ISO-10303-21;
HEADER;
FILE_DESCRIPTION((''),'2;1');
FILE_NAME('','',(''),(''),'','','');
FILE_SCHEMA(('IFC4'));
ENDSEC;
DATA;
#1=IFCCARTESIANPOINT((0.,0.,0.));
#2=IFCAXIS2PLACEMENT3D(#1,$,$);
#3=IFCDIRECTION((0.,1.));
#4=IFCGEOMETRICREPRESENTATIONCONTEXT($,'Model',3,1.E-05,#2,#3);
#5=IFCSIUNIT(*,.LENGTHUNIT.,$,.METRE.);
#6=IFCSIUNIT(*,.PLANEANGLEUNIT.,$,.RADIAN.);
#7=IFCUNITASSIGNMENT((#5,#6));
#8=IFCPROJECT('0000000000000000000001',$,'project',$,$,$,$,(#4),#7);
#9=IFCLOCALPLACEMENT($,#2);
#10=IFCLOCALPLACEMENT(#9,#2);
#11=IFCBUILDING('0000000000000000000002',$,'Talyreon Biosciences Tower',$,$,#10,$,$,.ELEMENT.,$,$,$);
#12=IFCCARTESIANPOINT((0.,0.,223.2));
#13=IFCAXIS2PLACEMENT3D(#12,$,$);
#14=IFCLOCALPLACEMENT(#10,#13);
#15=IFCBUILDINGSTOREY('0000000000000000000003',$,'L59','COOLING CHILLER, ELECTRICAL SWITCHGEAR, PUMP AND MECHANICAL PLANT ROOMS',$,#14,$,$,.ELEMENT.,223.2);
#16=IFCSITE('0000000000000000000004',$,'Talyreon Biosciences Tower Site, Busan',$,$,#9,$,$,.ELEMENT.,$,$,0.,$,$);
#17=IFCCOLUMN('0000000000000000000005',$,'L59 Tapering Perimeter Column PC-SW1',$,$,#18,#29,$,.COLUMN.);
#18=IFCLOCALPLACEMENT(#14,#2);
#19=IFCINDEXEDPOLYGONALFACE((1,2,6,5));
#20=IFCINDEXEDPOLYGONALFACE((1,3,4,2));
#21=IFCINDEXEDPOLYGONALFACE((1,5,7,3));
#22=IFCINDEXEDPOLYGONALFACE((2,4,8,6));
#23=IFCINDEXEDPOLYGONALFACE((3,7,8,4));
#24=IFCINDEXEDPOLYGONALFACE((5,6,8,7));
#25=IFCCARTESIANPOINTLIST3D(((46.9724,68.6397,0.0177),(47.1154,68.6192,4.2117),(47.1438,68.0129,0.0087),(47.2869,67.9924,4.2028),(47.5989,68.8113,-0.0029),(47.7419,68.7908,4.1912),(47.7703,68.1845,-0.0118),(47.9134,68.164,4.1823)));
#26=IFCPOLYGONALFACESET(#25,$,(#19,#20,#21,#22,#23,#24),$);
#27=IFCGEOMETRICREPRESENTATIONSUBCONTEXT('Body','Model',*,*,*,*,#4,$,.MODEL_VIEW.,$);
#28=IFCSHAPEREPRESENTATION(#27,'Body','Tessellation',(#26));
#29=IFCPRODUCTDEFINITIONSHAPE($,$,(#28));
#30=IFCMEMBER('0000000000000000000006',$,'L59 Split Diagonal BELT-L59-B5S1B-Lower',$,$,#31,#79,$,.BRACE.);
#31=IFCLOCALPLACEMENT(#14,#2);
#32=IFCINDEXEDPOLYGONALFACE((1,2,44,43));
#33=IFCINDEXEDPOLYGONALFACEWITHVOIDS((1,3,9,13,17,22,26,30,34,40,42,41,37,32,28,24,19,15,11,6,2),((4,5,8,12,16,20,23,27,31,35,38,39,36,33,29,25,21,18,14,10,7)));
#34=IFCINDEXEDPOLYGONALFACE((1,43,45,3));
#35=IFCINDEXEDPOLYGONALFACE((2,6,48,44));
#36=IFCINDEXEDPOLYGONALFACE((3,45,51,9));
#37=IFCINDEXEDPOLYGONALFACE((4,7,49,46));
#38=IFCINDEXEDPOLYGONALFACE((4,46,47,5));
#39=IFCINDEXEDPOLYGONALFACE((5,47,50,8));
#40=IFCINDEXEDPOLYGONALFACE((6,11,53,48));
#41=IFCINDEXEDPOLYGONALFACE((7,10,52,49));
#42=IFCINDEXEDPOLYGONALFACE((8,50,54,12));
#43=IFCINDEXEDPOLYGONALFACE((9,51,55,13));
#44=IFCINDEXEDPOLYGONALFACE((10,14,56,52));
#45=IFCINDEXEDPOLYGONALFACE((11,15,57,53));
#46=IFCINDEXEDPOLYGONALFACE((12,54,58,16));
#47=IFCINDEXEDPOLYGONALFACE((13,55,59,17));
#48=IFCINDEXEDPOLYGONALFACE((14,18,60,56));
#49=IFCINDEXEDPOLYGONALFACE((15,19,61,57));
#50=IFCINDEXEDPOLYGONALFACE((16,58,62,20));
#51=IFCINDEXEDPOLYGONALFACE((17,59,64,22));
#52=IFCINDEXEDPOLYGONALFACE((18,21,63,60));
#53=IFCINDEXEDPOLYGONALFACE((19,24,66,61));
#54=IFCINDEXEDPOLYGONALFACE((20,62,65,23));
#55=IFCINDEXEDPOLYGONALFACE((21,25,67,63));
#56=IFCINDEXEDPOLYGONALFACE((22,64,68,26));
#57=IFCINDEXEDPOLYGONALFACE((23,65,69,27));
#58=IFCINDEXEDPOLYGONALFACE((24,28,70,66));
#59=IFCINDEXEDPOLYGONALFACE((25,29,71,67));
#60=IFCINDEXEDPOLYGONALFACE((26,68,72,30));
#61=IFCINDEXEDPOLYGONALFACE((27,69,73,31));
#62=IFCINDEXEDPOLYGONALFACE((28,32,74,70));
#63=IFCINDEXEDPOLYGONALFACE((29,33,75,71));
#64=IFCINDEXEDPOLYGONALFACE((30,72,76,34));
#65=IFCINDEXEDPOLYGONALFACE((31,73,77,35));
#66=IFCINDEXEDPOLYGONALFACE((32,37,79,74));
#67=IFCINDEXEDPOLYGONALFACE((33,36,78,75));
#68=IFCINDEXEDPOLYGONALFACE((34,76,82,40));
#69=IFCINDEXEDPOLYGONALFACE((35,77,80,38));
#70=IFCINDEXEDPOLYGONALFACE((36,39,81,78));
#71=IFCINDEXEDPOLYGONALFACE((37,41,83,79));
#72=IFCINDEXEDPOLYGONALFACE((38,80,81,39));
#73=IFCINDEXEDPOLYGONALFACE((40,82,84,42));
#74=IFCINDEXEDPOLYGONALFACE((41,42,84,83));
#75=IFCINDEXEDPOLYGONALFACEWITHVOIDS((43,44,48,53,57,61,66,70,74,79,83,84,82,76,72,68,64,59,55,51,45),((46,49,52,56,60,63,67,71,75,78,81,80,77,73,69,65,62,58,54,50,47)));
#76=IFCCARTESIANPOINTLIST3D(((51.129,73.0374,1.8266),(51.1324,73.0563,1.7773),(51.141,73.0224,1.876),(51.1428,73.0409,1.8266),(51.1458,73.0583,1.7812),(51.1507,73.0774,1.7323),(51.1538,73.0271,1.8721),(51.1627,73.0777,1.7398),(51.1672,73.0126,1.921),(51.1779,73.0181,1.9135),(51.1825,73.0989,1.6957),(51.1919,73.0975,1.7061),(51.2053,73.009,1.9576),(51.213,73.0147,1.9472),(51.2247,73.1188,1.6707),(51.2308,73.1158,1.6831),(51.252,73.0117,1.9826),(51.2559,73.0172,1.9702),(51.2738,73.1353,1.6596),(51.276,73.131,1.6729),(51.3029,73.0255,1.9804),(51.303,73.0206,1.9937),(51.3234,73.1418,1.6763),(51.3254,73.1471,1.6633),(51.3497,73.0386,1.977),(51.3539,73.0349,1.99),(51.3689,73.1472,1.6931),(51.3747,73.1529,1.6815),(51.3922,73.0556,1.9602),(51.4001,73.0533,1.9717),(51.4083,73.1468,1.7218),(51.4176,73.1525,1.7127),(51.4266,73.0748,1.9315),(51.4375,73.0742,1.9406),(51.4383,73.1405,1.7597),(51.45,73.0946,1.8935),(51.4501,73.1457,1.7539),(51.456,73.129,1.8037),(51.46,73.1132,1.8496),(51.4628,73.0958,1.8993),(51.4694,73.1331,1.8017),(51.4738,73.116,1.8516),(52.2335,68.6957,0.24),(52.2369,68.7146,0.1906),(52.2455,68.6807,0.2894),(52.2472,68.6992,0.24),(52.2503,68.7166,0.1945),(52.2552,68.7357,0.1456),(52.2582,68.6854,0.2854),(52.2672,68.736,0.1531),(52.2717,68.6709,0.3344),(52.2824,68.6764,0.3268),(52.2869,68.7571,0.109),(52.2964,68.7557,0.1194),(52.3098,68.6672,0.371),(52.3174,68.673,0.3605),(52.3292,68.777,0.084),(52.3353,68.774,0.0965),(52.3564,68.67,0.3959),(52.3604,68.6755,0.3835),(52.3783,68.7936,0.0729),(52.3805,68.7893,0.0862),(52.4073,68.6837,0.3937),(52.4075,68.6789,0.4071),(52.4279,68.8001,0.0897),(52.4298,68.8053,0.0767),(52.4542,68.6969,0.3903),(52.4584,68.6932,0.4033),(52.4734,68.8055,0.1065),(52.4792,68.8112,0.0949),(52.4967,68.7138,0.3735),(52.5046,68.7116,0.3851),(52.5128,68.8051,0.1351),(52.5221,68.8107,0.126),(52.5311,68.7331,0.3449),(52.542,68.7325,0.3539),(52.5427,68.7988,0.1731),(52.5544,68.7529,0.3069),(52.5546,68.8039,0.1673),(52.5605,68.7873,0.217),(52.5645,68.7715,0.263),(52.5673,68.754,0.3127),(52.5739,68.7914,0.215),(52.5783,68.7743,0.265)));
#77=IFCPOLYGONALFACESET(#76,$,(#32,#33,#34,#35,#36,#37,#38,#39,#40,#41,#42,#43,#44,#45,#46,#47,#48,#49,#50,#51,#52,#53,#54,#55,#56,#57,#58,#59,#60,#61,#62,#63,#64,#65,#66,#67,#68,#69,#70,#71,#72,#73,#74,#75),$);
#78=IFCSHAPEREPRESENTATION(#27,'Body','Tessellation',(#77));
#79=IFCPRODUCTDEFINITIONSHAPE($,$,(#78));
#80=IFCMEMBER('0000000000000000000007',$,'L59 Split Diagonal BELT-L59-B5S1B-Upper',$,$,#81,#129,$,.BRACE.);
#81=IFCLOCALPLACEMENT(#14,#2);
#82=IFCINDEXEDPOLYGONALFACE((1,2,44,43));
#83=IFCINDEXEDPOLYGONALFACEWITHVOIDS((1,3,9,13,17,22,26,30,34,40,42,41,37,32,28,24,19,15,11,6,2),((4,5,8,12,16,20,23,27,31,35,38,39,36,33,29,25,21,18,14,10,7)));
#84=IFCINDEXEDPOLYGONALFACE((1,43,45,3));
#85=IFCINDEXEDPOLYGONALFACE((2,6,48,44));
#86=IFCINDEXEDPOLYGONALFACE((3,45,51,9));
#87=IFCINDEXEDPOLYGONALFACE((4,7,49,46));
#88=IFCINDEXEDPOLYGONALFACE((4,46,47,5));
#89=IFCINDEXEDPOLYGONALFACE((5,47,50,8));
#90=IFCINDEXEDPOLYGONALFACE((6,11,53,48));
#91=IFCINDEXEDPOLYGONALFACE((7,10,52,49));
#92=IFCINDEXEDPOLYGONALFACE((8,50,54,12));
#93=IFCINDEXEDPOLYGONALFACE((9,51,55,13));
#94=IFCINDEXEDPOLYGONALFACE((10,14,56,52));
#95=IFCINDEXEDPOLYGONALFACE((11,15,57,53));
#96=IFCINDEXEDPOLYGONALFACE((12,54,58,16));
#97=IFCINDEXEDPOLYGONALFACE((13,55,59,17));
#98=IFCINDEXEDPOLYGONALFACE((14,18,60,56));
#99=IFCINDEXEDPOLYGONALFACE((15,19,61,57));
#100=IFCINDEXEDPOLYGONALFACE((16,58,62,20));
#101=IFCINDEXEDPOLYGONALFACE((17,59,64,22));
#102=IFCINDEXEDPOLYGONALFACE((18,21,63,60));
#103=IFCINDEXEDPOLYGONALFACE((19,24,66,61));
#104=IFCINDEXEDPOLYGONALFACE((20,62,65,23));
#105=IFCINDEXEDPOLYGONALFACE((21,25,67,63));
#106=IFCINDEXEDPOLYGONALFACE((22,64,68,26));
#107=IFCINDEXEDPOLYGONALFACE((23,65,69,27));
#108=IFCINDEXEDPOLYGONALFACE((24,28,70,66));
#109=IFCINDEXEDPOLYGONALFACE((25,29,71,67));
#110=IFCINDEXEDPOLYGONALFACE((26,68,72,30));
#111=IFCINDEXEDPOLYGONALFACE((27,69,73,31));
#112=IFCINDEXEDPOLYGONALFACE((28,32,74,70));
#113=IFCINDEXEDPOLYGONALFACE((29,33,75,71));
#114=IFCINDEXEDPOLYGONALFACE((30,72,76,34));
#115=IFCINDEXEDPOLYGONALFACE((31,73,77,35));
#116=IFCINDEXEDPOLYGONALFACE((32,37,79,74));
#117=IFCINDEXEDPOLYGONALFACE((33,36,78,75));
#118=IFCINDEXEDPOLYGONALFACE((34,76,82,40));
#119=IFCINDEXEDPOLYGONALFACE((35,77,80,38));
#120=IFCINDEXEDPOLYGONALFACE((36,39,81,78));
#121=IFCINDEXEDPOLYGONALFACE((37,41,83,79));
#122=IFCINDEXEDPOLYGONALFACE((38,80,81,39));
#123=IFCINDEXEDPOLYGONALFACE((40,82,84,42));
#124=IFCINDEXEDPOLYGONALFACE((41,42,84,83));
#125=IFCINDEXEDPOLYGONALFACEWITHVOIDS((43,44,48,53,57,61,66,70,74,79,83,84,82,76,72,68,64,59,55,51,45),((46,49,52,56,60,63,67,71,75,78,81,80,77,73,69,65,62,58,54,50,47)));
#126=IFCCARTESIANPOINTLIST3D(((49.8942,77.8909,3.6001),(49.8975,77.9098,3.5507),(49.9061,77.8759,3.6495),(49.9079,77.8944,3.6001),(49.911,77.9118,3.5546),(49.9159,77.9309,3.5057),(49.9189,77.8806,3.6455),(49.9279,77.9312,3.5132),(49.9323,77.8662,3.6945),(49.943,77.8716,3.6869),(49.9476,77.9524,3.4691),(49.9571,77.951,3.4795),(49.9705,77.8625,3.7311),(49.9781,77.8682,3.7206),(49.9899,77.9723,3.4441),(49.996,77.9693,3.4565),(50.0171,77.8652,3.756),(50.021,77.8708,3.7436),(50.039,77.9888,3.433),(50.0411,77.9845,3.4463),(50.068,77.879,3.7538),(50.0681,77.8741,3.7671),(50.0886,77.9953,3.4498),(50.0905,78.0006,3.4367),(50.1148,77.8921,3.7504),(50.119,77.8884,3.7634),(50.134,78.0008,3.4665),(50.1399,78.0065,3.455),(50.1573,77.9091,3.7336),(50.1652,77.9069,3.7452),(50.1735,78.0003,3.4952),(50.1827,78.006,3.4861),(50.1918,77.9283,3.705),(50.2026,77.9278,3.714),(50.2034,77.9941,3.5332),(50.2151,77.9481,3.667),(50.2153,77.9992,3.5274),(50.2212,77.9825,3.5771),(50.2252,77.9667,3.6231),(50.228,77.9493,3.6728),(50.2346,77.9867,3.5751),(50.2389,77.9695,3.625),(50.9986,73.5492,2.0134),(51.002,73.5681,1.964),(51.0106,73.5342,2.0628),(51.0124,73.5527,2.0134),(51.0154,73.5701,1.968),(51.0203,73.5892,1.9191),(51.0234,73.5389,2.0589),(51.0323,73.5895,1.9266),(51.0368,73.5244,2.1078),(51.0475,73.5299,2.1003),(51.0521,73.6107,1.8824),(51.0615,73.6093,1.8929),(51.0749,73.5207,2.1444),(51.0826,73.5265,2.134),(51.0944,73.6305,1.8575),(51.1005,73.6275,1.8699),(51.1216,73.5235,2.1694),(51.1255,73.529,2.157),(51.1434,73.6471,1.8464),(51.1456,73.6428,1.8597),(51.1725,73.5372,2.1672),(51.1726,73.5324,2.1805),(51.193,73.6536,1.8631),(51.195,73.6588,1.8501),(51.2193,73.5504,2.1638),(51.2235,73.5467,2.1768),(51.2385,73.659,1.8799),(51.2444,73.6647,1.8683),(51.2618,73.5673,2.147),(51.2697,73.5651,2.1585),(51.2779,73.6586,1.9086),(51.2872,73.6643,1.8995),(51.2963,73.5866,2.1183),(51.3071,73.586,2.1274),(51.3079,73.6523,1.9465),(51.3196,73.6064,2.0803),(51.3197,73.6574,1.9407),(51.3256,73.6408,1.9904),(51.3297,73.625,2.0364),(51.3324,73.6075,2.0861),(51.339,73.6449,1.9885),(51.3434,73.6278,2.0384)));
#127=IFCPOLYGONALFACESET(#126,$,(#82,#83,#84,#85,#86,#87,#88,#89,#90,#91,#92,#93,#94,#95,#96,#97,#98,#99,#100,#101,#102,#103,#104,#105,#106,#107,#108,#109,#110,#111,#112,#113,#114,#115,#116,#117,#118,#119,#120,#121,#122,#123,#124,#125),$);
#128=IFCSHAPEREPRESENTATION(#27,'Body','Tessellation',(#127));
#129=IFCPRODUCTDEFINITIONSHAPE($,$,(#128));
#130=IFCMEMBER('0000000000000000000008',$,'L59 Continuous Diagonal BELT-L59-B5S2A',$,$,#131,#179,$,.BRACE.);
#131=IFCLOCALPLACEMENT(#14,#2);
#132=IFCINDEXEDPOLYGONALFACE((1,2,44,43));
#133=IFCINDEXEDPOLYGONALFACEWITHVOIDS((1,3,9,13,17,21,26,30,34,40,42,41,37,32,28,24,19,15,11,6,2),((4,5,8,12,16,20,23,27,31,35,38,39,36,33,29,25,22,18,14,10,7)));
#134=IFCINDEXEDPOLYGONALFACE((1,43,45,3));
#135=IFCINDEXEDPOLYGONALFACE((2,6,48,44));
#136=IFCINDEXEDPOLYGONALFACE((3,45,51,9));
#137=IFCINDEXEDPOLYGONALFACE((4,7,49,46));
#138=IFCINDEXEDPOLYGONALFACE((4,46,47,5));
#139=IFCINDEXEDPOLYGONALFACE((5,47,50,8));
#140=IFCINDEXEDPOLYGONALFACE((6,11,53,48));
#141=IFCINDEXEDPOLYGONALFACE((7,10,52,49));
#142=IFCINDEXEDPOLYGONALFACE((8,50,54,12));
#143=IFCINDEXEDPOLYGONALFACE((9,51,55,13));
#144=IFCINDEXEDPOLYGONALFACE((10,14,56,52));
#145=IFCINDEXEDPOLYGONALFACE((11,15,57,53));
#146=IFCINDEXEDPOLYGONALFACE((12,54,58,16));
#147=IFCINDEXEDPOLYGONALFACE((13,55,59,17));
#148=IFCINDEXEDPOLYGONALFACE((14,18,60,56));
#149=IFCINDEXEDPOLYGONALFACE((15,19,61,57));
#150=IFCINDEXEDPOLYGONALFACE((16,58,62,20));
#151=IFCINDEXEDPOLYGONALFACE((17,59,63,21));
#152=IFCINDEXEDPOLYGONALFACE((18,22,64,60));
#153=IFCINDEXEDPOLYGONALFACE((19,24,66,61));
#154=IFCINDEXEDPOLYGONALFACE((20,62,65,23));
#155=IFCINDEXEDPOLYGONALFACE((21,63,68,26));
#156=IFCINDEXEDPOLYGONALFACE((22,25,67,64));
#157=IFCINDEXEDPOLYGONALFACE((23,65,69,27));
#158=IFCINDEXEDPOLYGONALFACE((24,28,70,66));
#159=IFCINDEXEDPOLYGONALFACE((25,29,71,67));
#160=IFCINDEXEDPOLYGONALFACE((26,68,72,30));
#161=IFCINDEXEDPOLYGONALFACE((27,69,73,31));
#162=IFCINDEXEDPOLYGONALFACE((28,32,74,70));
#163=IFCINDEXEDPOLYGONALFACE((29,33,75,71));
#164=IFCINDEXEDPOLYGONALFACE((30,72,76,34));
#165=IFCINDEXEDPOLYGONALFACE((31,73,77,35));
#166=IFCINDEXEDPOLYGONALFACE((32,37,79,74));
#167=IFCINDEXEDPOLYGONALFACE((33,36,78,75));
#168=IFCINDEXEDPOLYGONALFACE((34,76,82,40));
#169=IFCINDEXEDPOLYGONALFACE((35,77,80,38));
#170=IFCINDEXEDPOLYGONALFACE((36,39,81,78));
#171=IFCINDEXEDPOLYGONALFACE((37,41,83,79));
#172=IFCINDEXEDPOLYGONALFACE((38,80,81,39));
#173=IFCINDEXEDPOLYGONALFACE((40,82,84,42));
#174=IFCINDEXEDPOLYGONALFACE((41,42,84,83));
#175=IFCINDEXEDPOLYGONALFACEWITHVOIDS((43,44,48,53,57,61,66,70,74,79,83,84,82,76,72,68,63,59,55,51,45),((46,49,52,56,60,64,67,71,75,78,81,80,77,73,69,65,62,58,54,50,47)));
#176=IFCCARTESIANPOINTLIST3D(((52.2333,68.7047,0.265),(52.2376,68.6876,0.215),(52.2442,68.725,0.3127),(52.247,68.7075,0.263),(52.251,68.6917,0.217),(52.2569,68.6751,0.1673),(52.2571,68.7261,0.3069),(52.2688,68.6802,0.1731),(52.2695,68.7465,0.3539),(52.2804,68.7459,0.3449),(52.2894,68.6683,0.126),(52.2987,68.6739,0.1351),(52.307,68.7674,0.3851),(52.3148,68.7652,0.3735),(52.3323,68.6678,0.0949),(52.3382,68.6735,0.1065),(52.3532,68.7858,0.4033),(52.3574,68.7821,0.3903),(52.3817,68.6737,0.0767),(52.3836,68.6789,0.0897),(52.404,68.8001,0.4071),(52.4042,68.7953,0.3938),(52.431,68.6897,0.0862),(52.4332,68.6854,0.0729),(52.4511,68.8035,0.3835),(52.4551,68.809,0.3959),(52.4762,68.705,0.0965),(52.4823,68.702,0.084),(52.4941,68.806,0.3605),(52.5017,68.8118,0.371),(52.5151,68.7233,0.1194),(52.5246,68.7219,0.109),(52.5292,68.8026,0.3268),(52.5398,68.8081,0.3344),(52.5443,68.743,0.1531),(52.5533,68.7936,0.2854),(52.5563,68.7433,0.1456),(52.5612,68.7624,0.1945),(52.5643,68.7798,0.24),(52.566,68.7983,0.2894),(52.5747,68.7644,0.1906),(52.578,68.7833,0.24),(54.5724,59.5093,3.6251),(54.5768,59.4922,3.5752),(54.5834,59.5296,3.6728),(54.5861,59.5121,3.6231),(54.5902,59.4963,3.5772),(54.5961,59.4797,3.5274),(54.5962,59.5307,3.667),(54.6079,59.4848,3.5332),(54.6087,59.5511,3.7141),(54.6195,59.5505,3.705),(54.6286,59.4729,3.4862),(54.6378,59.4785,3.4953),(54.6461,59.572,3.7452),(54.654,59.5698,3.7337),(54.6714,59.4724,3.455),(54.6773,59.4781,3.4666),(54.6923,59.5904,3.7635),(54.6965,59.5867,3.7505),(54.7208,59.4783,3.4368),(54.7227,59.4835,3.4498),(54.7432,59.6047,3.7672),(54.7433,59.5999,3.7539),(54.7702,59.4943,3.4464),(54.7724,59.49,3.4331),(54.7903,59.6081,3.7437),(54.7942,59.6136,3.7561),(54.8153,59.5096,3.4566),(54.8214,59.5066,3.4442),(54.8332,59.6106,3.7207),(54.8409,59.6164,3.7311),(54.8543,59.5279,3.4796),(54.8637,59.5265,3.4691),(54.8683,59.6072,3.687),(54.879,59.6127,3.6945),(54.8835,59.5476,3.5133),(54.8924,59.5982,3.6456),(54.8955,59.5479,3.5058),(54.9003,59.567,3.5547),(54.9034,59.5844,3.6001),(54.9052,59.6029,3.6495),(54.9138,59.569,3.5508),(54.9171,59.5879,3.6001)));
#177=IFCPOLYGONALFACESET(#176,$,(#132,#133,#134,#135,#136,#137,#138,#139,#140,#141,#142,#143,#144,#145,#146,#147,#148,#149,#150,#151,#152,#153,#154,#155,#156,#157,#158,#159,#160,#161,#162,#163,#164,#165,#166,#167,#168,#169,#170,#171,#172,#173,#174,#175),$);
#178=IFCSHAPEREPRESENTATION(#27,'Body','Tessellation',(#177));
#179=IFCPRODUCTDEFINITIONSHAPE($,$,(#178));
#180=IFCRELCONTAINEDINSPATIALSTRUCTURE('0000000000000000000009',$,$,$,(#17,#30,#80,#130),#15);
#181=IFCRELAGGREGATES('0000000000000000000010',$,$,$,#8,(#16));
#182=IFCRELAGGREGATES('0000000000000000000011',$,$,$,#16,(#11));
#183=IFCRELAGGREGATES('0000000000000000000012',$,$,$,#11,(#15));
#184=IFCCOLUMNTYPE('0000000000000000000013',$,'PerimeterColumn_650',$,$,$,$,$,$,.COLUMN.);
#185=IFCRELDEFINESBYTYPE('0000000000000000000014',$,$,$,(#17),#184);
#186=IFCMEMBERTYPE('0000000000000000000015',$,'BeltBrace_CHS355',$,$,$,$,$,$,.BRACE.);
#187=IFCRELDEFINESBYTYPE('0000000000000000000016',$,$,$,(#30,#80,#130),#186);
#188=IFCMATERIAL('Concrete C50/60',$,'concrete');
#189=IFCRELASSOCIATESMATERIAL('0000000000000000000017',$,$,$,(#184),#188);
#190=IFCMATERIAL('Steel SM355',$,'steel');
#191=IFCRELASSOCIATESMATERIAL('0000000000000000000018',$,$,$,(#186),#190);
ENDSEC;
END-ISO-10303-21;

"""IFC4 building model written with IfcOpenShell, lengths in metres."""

from ifc_helpers import new_model, si_unit, direction, frame, origin, origin_2d, place, context, subcontext, project, spatial, rectangle, hollow_circle, extrude, material, material_profile, profile_set, type_object, element, save


model = new_model("IFC4")

# Units and contexts
model_context = context("Model", 3, precision=1e-05, world=origin(), true_north=direction((0.0, 1.0)))
body_context = subcontext(model_context, "Body", "Model", "MODEL_VIEW")
ifc_project = project(units=[si_unit("LENGTHUNIT", "METRE"), si_unit("PLANEANGLEUNIT", "RADIAN")], contexts=[model_context])

# Site, building, storey
site_placement = place(None, origin())
site = spatial("IfcSite", under=ifc_project, at=site_placement, Name="Talyreon Biosciences Tower Site, Busan", CompositionType="ELEMENT", RefElevation=0.0)
building_placement = place(site_placement, origin())
building = spatial("IfcBuilding", under=site, at=building_placement, Name="Talyreon Biosciences Tower", CompositionType="ELEMENT")
storey_placement = place(building_placement, frame((0.0, 0.0, 223.2)))
storey = spatial("IfcBuildingStorey", under=building, at=storey_placement, Name="L59", Description="COOLING CHILLER, ELECTRICAL SWITCHGEAR, PUMP AND MECHANICAL PLANT ROOMS", CompositionType="ELEMENT", Elevation=223.2)

# Column
ifc_material_1 = material(Name="Concrete C50/60", Category="concrete")
ifc_material_profile_1 = material_profile(ifc_material_1, rectangle(XDim=0.6499, YDim=0.6499, at=origin_2d()), Name="RC 650x650")
ifc_profile_set_1 = profile_set([ifc_material_profile_1], Name="Concrete C50/60")
column_type = type_object("IfcColumnType", Name="PerimeterColumn_650", PredefinedType="COLUMN", material=ifc_profile_set_1)
column_placement = place(storey_placement, frame((47.3713, 68.4121, 0.0029), z_axis=(0.034091, -0.004887, 0.999407), x_axis=(0.96398, 0.264094, -0.031591)))
element("IfcColumn", 1, at=column_placement, inside=storey, type_object=column_type, Name="L59 Tapering Perimeter Column PC-SW1", PredefinedType="COLUMN", context=body_context, shape_type="SweptSolid", body=[
    extrude(rectangle(XDim=0.6499, YDim=0.6499, at=origin_2d()), origin(), (0.0, 0.0, 1.0), 4.1965),
])

# Members
ifc_material_2 = material(Name="Steel SM355", Category="steel")
ifc_material_profile_2 = material_profile(ifc_material_2, hollow_circle(Radius=0.1777, WallThickness=0.0142, at=origin_2d()), Name="CHS 355.6x14.2")
ifc_profile_set_2 = profile_set([ifc_material_profile_2], Name="Steel SM355")
member_type_1 = type_object("IfcMemberType", Name="BeltBrace_CHS355", PredefinedType="BRACE", material=ifc_profile_set_2)
for number, where, z_axis, x_axis, name in (
    (2, (52.4058, 68.7395, 0.24), (-0.23239, 0.913534, 0.333843), (-0.969134, -0.246534, 0.0), "L59 Split Diagonal BELT-L59-B5S1B-Lower"),
    (3, (51.1709, 73.593, 2.0134), (-0.23239, 0.913534, 0.333843), (-0.969134, -0.246534, 0.0), "L59 Split Diagonal BELT-L59-B5S1B-Upper"),
):
    element("IfcMember", number, at=place(storey_placement, frame(where, z_axis=z_axis, x_axis=x_axis)), inside=storey, type_object=member_type_1, Name=name, PredefinedType="BRACE", context=body_context, shape_type="SweptSolid", body=[
        extrude(hollow_circle(Radius=0.1777, WallThickness=0.0142, at=origin_2d()), origin(), (0.0, 0.0, 1.0), 4.7527),
    ])
member_1_placement = place(storey_placement, frame((52.4058, 68.7395, 0.24), z_axis=(0.232388, -0.913542, 0.333822), x_axis=(0.969135, 0.246529, 0.0)))
element("IfcMember", 4, at=member_1_placement, inside=storey, type_object=member_type_1, Name="L59 Continuous Diagonal BELT-L59-B5S2A", PredefinedType="BRACE", context=body_context, shape_type="SweptSolid", body=[
    extrude(hollow_circle(Radius=0.1777, WallThickness=0.0142, at=origin_2d()), origin(), (0.0, 0.0, 1.0), 10.0657),
])

save(model, "model.ifc")
